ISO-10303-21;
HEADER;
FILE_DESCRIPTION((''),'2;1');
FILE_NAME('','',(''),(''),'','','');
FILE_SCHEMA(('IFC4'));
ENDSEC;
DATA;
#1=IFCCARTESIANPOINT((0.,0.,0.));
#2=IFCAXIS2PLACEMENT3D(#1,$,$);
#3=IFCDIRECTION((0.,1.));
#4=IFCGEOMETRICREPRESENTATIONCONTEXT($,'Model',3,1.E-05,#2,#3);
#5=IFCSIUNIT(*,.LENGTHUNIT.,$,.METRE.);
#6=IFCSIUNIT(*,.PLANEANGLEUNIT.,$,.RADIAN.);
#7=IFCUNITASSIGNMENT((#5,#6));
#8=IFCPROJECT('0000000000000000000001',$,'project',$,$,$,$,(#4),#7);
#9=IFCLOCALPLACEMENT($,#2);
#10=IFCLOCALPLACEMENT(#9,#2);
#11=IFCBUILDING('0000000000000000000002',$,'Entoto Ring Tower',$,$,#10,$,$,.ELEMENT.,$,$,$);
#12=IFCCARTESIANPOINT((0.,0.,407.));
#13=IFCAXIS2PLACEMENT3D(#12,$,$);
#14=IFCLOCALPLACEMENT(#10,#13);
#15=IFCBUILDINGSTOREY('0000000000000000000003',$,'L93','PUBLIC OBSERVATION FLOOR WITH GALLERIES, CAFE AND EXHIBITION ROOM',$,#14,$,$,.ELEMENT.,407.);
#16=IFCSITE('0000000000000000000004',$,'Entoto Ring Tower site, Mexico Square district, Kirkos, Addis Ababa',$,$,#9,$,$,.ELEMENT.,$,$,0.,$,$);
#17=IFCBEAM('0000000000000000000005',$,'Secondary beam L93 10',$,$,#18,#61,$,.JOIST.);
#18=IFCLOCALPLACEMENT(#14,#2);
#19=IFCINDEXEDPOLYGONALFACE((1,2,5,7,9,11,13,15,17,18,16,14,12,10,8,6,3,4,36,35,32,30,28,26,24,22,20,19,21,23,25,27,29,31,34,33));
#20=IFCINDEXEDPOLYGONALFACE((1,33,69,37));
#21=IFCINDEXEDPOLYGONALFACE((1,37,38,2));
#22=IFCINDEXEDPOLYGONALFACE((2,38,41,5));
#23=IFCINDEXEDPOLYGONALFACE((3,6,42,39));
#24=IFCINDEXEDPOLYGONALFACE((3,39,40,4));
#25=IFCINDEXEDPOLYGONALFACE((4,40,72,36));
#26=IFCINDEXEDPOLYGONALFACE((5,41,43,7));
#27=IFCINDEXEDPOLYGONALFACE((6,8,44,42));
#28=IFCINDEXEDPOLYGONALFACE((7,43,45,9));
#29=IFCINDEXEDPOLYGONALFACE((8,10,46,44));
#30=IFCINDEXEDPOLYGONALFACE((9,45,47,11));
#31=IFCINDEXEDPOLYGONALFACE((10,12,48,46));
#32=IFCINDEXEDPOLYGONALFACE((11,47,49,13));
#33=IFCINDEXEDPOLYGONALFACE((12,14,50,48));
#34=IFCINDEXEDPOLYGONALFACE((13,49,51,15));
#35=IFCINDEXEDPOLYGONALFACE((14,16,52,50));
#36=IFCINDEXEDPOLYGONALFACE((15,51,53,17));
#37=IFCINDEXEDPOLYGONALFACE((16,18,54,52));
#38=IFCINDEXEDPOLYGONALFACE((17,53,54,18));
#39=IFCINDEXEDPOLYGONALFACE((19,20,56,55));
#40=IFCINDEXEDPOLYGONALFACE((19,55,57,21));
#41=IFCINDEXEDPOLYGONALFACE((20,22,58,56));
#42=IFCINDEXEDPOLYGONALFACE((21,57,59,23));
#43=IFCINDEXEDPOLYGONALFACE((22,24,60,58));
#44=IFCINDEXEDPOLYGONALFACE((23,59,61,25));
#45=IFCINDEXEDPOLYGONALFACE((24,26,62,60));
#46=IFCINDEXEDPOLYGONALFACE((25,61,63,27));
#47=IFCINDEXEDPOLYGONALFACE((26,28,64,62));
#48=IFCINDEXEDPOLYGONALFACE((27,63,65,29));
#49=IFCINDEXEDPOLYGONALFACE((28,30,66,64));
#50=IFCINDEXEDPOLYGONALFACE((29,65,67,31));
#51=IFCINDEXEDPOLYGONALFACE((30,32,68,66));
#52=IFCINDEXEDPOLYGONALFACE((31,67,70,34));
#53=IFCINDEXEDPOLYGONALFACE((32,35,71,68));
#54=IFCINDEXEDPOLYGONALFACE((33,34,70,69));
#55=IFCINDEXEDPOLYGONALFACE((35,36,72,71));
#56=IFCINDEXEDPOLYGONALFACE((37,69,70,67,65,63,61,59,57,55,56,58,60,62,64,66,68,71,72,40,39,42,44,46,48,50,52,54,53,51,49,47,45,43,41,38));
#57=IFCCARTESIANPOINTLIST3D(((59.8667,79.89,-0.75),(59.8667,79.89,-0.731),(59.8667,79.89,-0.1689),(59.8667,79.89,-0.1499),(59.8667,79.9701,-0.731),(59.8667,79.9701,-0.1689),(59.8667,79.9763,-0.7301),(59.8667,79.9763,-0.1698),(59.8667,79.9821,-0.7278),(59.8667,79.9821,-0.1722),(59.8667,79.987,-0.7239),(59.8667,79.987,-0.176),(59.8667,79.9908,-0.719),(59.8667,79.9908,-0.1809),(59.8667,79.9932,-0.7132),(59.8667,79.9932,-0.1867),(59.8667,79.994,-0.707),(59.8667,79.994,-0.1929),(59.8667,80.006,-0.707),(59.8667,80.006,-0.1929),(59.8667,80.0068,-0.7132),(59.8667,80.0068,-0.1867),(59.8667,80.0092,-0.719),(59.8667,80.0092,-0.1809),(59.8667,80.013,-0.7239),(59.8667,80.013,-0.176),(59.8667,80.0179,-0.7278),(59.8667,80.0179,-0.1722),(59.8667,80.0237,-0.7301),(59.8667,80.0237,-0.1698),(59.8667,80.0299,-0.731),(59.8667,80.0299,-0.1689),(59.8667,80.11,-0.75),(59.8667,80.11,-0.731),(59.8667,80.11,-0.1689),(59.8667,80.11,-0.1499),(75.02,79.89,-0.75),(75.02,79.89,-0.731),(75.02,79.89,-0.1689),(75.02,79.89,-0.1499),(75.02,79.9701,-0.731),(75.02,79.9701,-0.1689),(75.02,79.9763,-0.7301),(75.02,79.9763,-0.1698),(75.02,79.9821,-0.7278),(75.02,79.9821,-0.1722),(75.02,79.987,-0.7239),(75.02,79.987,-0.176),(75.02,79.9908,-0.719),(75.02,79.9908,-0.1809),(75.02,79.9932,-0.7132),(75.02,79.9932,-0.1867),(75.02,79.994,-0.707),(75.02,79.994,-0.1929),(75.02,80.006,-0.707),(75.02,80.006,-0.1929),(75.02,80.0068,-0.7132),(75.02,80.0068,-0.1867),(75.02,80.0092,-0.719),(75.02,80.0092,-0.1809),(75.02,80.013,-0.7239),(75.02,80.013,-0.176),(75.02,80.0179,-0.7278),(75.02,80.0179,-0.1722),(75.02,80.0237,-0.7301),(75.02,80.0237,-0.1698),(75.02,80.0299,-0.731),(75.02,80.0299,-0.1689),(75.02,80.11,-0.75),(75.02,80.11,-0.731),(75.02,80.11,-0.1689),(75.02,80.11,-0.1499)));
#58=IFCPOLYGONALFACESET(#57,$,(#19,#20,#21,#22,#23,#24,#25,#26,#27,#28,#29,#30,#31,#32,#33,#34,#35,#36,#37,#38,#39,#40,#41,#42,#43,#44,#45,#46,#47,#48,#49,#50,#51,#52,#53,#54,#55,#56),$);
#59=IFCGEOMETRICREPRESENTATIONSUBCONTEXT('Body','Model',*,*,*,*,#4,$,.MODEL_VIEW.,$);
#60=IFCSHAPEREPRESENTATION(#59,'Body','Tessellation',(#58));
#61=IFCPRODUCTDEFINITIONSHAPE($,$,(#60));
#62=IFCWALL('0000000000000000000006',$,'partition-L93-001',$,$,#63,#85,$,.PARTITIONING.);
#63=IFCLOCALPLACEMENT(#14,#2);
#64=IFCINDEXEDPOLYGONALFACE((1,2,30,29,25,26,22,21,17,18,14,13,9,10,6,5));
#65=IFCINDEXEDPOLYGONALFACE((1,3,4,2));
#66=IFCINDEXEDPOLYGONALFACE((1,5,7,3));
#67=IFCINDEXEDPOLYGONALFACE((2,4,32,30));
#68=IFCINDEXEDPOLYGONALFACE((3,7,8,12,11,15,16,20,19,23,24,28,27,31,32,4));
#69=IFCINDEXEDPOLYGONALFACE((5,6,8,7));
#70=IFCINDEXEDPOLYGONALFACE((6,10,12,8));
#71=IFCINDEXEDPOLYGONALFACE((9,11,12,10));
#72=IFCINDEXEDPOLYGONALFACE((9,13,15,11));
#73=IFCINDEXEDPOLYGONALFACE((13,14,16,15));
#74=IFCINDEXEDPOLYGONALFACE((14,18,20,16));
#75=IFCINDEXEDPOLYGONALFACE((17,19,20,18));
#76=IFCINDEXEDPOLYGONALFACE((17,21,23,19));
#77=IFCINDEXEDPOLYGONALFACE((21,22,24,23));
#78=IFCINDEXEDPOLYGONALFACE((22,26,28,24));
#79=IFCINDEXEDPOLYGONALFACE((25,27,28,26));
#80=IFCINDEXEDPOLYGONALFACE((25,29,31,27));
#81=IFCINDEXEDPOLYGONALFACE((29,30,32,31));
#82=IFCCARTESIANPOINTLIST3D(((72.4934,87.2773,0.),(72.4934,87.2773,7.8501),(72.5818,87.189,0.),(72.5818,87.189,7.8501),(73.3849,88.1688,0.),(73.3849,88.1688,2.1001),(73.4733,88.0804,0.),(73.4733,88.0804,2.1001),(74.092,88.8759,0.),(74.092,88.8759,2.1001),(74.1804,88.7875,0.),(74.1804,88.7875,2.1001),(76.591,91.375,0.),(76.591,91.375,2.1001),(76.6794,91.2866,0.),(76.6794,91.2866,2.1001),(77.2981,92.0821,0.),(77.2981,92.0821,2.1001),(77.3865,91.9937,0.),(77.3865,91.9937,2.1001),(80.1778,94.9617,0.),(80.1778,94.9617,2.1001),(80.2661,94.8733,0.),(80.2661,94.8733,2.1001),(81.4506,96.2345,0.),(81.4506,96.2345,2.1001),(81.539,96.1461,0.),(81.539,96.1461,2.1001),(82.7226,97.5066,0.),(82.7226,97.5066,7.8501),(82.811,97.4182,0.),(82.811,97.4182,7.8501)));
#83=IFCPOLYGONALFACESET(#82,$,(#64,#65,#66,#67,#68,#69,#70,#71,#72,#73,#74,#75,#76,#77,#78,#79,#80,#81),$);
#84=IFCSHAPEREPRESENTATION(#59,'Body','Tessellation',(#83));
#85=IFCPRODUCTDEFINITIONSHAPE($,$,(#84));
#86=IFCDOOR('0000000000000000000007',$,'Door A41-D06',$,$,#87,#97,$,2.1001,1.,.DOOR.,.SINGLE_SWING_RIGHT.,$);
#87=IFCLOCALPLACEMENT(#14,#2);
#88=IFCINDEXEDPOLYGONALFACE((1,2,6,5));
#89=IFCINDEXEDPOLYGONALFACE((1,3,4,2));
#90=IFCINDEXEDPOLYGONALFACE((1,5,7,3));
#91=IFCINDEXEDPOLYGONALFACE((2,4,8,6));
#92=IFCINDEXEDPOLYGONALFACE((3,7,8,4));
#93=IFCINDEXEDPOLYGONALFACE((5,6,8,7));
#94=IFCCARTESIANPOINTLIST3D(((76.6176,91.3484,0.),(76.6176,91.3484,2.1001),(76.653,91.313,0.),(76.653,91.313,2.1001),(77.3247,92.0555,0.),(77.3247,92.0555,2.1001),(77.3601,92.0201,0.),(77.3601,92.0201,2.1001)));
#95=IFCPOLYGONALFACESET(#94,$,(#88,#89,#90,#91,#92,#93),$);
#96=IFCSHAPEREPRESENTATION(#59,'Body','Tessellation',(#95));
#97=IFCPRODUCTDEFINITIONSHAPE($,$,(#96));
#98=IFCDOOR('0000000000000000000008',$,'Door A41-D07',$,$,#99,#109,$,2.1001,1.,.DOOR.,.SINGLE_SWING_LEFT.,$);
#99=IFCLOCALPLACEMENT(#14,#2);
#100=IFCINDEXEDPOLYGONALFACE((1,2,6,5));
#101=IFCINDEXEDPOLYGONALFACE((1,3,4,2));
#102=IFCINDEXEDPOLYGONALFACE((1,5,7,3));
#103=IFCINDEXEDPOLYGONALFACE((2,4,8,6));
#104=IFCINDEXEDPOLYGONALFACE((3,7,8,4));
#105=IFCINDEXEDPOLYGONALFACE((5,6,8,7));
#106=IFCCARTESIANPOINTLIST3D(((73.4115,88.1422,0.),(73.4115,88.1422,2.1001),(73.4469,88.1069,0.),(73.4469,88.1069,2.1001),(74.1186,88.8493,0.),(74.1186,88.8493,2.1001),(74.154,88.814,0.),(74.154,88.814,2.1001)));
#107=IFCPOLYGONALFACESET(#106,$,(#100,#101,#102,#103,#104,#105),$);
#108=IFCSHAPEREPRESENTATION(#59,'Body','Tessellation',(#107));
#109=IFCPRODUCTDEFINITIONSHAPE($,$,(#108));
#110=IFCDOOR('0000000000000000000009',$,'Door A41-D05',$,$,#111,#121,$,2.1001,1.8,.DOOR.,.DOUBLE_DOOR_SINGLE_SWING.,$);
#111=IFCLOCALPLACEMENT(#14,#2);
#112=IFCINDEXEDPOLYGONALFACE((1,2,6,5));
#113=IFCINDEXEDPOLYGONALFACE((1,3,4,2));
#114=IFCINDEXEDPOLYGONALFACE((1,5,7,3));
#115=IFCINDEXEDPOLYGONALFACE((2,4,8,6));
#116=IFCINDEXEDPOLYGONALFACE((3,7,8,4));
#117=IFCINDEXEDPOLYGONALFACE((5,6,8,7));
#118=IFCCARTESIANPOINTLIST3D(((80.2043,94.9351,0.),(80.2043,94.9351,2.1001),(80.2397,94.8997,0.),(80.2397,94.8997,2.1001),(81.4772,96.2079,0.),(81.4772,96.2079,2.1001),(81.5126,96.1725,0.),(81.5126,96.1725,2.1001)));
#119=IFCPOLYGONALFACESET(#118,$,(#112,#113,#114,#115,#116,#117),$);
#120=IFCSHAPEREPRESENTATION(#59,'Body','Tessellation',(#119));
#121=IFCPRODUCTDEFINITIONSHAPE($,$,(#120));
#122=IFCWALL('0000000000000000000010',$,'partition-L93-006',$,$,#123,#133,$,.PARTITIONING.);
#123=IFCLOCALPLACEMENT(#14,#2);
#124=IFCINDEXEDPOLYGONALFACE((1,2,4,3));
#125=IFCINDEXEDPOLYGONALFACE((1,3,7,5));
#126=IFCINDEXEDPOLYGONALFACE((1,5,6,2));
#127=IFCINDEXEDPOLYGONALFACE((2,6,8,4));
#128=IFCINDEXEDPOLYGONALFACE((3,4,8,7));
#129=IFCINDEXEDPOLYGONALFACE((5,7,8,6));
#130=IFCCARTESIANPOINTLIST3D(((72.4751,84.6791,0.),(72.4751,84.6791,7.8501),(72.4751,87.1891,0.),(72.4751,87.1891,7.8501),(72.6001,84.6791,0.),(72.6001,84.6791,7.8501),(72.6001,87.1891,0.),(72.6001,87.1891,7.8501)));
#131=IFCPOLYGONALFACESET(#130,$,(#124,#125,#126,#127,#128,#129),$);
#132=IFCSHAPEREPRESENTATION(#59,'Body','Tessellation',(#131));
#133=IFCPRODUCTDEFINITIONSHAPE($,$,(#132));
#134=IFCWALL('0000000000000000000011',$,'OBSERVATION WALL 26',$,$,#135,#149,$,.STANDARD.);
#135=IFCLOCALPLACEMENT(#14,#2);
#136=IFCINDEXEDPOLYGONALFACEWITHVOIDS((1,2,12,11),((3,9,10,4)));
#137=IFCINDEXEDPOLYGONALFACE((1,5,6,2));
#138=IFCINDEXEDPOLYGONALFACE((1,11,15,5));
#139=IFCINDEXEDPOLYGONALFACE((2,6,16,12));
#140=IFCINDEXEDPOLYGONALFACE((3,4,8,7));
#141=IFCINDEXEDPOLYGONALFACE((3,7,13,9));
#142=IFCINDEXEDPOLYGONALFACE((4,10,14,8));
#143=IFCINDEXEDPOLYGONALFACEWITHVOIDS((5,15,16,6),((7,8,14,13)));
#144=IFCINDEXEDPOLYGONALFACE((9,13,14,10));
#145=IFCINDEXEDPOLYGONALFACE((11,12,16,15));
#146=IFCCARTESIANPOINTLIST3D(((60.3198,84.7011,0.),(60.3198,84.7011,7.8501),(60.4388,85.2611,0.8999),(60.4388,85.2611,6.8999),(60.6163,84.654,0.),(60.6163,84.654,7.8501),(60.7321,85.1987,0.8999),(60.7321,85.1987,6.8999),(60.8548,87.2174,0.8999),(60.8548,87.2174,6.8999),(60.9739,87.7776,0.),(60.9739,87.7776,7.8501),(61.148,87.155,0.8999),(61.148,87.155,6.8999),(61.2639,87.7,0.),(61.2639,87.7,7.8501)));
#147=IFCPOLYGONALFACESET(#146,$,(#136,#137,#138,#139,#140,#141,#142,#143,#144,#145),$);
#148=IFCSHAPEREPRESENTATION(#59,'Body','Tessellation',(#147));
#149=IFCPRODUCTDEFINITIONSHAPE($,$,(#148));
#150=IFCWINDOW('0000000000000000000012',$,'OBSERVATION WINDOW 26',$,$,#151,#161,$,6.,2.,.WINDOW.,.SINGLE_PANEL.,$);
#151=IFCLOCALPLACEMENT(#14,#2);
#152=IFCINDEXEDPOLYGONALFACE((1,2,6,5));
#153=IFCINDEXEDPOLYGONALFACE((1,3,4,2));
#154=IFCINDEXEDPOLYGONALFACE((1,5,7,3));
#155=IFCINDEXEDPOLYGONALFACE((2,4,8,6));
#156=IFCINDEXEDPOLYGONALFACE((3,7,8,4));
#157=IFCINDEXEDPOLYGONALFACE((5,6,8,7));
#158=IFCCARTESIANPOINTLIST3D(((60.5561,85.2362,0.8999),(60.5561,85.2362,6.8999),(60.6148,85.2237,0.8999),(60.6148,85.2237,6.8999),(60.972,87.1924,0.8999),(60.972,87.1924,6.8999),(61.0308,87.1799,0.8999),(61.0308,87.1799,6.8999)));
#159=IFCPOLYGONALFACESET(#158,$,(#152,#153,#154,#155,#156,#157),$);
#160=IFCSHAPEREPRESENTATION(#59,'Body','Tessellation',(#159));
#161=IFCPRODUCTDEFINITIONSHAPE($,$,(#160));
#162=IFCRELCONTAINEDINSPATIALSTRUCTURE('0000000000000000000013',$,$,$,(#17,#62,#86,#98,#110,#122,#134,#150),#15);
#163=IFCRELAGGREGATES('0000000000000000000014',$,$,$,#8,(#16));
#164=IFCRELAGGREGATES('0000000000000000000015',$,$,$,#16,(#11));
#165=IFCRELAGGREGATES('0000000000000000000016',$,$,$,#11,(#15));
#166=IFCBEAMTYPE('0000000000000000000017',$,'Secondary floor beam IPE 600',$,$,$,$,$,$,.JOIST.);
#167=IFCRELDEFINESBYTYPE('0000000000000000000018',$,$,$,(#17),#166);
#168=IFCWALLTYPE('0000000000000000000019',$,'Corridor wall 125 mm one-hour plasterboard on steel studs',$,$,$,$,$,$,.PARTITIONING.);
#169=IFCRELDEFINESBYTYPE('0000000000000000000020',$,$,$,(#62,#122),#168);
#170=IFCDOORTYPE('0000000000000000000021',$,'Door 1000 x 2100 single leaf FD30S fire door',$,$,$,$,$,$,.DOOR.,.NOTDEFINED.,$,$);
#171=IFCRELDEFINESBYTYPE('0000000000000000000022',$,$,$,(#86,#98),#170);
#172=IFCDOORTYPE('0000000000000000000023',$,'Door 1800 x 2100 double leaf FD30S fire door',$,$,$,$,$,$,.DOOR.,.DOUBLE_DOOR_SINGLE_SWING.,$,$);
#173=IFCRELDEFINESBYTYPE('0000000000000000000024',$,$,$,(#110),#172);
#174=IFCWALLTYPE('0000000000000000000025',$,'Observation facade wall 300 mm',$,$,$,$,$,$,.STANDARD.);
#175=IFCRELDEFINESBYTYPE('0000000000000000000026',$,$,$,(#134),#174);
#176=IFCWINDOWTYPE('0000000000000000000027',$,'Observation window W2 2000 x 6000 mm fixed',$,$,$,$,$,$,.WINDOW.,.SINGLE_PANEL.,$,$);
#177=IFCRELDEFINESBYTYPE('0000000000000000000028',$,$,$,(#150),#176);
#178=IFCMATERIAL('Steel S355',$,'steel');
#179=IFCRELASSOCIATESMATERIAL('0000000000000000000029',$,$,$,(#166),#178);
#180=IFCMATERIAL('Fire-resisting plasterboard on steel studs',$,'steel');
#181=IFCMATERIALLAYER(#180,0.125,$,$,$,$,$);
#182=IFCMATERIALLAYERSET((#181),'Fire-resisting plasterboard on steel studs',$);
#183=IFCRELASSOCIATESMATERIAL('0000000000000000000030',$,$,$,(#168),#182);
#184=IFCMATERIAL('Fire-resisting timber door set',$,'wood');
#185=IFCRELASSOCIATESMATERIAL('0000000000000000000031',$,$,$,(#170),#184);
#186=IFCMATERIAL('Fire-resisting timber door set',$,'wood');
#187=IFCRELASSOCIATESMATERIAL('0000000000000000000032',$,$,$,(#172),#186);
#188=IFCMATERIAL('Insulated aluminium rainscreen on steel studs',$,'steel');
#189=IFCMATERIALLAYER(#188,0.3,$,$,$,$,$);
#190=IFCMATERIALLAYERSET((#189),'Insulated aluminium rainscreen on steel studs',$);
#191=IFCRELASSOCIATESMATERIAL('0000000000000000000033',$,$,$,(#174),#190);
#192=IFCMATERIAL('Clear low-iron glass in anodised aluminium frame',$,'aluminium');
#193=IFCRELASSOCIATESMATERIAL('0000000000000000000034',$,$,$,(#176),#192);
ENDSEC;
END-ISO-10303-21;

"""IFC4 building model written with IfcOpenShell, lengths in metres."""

from ifc_helpers import new_model, si_unit, direction, frame, frame_2d, origin, origin_2d, place, context, subcontext, project, spatial, polyline, rectangle, i_section, outline, extrude, material, layer, layer_set, material_profile, profile_set, type_object, element, fill, save


model = new_model("IFC4")

# Units and contexts
model_context = context("Model", 3, precision=1e-05, world=origin(), true_north=direction((0.0, 1.0)))
body_context = subcontext(model_context, "Body", "Model", "MODEL_VIEW")
ifc_project = project(units=[si_unit("LENGTHUNIT", "METRE"), si_unit("PLANEANGLEUNIT", "RADIAN")], contexts=[model_context])

# Site, building, storey
site_placement = place(None, origin())
site = spatial("IfcSite", under=ifc_project, at=site_placement, Name="Entoto Ring Tower site, Mexico Square district, Kirkos, Addis Ababa", CompositionType="ELEMENT", RefElevation=0.0)
building_placement = place(site_placement, origin())
building = spatial("IfcBuilding", under=site, at=building_placement, Name="Entoto Ring Tower", CompositionType="ELEMENT")
storey_placement = place(building_placement, frame((0.0, 0.0, 407.0)))
storey = spatial("IfcBuildingStorey", under=building, at=storey_placement, Name="L93", Description="PUBLIC OBSERVATION FLOOR WITH GALLERIES, CAFE AND EXHIBITION ROOM", CompositionType="ELEMENT", Elevation=407.0)

# Beam
ifc_material_1 = material(Name="Steel S355", Category="steel")
ifc_material_profile_1 = material_profile(ifc_material_1, i_section(OverallWidth=0.22, OverallDepth=0.6001, WebThickness=0.012, FlangeThickness=0.019, FilletRadius=0.0239, at=origin_2d()), Name="IPE 600")
ifc_profile_set_1 = profile_set([ifc_material_profile_1], Name="Steel S355")
beam_type_1 = type_object("IfcBeamType", Name="Secondary floor beam IPE 600", PredefinedType="JOIST", material=ifc_profile_set_1)
beam_1_placement = place(storey_placement, frame((75.02, 80.0, -0.45), z_axis=(-1.0, 0.0, 0.0), x_axis=(0.0, -1.0, 0.0)))
element("IfcBeam", 1, at=beam_1_placement, inside=storey, type_object=beam_type_1, Name="Secondary beam L93 10", PredefinedType="JOIST", context=body_context, shape_type="SweptSolid", body=[
    extrude(i_section(OverallWidth=0.22, OverallDepth=0.6001, WebThickness=0.012, FlangeThickness=0.019, FilletRadius=0.0239, at=origin_2d()), origin(), (0.0, 0.0, 1.0), 15.1533),
])

# Wall, openings, doors
ifc_material_2 = material(Name="Fire-resisting plasterboard on steel studs", Category="steel")
ifc_layer_1 = layer(ifc_material_2, 0.125)
ifc_layer_set_1 = layer_set([ifc_layer_1], Name="Fire-resisting plasterboard on steel studs")
wall_type_1 = type_object("IfcWallType", Name="Corridor wall 125 mm one-hour plasterboard on steel studs", PredefinedType="PARTITIONING", material=ifc_layer_set_1)
wall_1_placement = place(storey_placement, frame((72.5376, 87.2332, 0.0), z_axis=(0.0, 0.0, 1.0), x_axis=(0.707107, 0.707107, 0.0)))
wall_1 = element("IfcWall", 2, at=wall_1_placement, inside=storey, type_object=wall_type_1, Name="partition-L93-001", PredefinedType="PARTITIONING", context=body_context, shape_type="SweptSolid", body=[
    extrude(rectangle(XDim=14.4663, YDim=0.125, at=frame_2d((7.2332, 0.0))), origin(), (0.0, 0.0, 1.0), 7.8501),
])
opening_1_placement = place(wall_1_placement, frame((10.8674, 0.0, 0.0)))
opening_1 = element("IfcOpeningElement", 3, at=opening_1_placement, cuts=wall_1, PredefinedType="OPENING", context=body_context, shape_type="SweptSolid", body=[
    extrude(rectangle(XDim=1.8, YDim=2.1001, at=frame_2d((0.8999, 1.05))), frame((0.0, 0.0725, 0.0), z_axis=(0.0, -1.0, 0.0), x_axis=(1.0, 0.0, 0.0)), (0.0, 0.0, 1.0), 0.145),
])
opening_2_placement = place(wall_1_placement, frame((5.7949, 0.0, 0.0)))
opening_2 = element("IfcOpeningElement", 4, at=opening_2_placement, cuts=wall_1, PredefinedType="OPENING", context=body_context, shape_type="SweptSolid", body=[
    extrude(rectangle(XDim=1.0, YDim=2.1001, at=frame_2d((0.5, 1.05))), frame((0.0, 0.0725, 0.0), z_axis=(0.0, -1.0, 0.0), x_axis=(1.0, 0.0, 0.0)), (0.0, 0.0, 1.0), 0.145),
])
opening_3_placement = place(wall_1_placement, frame((1.2607, 0.0, 0.0)))
opening_3 = element("IfcOpeningElement", 5, at=opening_3_placement, cuts=wall_1, PredefinedType="OPENING", context=body_context, shape_type="SweptSolid", body=[
    extrude(rectangle(XDim=1.0, YDim=2.1001, at=frame_2d((0.5, 1.05))), frame((0.0, 0.0725, 0.0), z_axis=(0.0, -1.0, 0.0), x_axis=(1.0, 0.0, 0.0)), (0.0, 0.0, 1.0), 0.145),
])
ifc_material_3 = material(Name="Fire-resisting timber door set", Category="wood")
door_type_1 = type_object("IfcDoorType", Name="Door 1000 x 2100 single leaf FD30S fire door", OperationType="NOTDEFINED", PredefinedType="DOOR", material=ifc_material_3)
door_1_placement = place(opening_2_placement, origin())
door_1 = element("IfcDoor", 6, at=door_1_placement, inside=storey, type_object=door_type_1, Name="Door A41-D06", OperationType="SINGLE_SWING_RIGHT", OverallHeight=2.1001, OverallWidth=1.0, PredefinedType="DOOR", context=body_context, shape_type="SweptSolid", body=[
    extrude(rectangle(XDim=1.0, YDim=2.1001, at=frame_2d((0.5, 1.05))), frame((0.0, 0.0249, 0.0), z_axis=(0.0, -1.0, 0.0), x_axis=(1.0, 0.0, 0.0)), (0.0, 0.0, 1.0), 0.05),
])
fill(opening_2, door_1)
door_2_placement = place(opening_3_placement, origin())
door_2 = element("IfcDoor", 7, at=door_2_placement, inside=storey, type_object=door_type_1, Name="Door A41-D07", OperationType="SINGLE_SWING_LEFT", OverallHeight=2.1001, OverallWidth=1.0, PredefinedType="DOOR", context=body_context, shape_type="SweptSolid", body=[
    extrude(rectangle(XDim=1.0, YDim=2.1001, at=frame_2d((0.5, 1.05))), frame((0.0, 0.0249, 0.0), z_axis=(0.0, -1.0, 0.0), x_axis=(1.0, 0.0, 0.0)), (0.0, 0.0, 1.0), 0.05),
])
fill(opening_3, door_2)
ifc_material_4 = material(Name="Fire-resisting timber door set", Category="wood")
door_type_2 = type_object("IfcDoorType", Name="Door 1800 x 2100 double leaf FD30S fire door", OperationType="DOUBLE_DOOR_SINGLE_SWING", PredefinedType="DOOR", material=ifc_material_4)
door_3_placement = place(opening_1_placement, origin())
door_3 = element("IfcDoor", 8, at=door_3_placement, inside=storey, type_object=door_type_2, Name="Door A41-D05", OperationType="DOUBLE_DOOR_SINGLE_SWING", OverallHeight=2.1001, OverallWidth=1.8, PredefinedType="DOOR", context=body_context, shape_type="SweptSolid", body=[
    extrude(rectangle(XDim=1.8, YDim=2.1001, at=frame_2d((0.8999, 1.05))), frame((0.0, 0.0249, 0.0), z_axis=(0.0, -1.0, 0.0), x_axis=(1.0, 0.0, 0.0)), (0.0, 0.0, 1.0), 0.05),
])
fill(opening_1, door_3)

# Wall
wall_2_placement = place(storey_placement, frame((72.5376, 84.6792, 0.0), z_axis=(0.0, 0.0, 1.0), x_axis=(0.0, 1.0, 0.0)))
element("IfcWall", 9, at=wall_2_placement, inside=storey, type_object=wall_type_1, Name="partition-L93-006", PredefinedType="PARTITIONING", context=body_context, shape_type="SweptSolid", body=[
    extrude(rectangle(XDim=2.51, YDim=0.125, at=frame_2d((1.2549, 0.0))), origin(), (0.0, 0.0, 1.0), 7.8501),
])

# Wall, opening, window
ifc_material_5 = material(Name="Insulated aluminium rainscreen on steel studs", Category="steel")
ifc_layer_2 = layer(ifc_material_5, 0.3)
ifc_layer_set_2 = layer_set([ifc_layer_2], Name="Insulated aluminium rainscreen on steel studs")
wall_type_2 = type_object("IfcWallType", Name="Observation facade wall 300 mm", PredefinedType="STANDARD", material=ifc_layer_set_2)
wall_3_placement = place(storey_placement, frame((61.1189, 87.7388, 0.0), z_axis=(0.0, 0.0, 1.0), x_axis=(-0.207968, -0.978136, 0.0)))
wall_3 = element("IfcWall", 10, at=wall_3_placement, inside=storey, type_object=wall_type_2, Name="OBSERVATION WALL 26", PredefinedType="STANDARD", context=body_context, shape_type="SweptSolid", body=[
    extrude(outline(polyline([(-0.0078, -0.1499), (3.1375, -0.1499), (3.1218, 0.1499), (0.0078, 0.1499), (-0.0078, -0.1499)])), origin(), (0.0, 0.0, 1.0), 7.8501),
])
opening_4_placement = place(wall_3_placement, frame((0.5649, 0.0, 0.8999)))
opening_4 = element("IfcOpeningElement", 11, at=opening_4_placement, cuts=wall_3, PredefinedType="OPENING", context=body_context, shape_type="SweptSolid", body=[
    extrude(rectangle(XDim=2.0, YDim=6.0, at=frame_2d((1.0, 3.0))), frame((0.0, 0.1602, 0.0), z_axis=(0.0, -1.0, 0.0), x_axis=(1.0, 0.0, 0.0)), (0.0, 0.0, 1.0), 0.3201),
])
ifc_material_6 = material(Name="Clear low-iron glass in anodised aluminium frame", Category="aluminium")
window_type_1 = type_object("IfcWindowType", Name="Observation window W2 2000 x 6000 mm fixed", PartitioningType="SINGLE_PANEL", PredefinedType="WINDOW", material=ifc_material_6)
window_1_placement = place(opening_4_placement, origin())
window_1 = element("IfcWindow", 12, at=window_1_placement, inside=storey, type_object=window_type_1, Name="OBSERVATION WINDOW 26", OverallHeight=6.0, OverallWidth=2.0, PartitioningType="SINGLE_PANEL", PredefinedType="WINDOW", context=body_context, shape_type="SweptSolid", body=[
    extrude(rectangle(XDim=2.0, YDim=6.0, at=frame_2d((1.0, 3.0))), frame((0.0, 0.03, 0.0), z_axis=(0.0, -1.0, 0.0), x_axis=(1.0, 0.0, 0.0)), (0.0, 0.0, 1.0), 0.0601),
])
fill(opening_4, window_1)

save(model, "model.ifc")
